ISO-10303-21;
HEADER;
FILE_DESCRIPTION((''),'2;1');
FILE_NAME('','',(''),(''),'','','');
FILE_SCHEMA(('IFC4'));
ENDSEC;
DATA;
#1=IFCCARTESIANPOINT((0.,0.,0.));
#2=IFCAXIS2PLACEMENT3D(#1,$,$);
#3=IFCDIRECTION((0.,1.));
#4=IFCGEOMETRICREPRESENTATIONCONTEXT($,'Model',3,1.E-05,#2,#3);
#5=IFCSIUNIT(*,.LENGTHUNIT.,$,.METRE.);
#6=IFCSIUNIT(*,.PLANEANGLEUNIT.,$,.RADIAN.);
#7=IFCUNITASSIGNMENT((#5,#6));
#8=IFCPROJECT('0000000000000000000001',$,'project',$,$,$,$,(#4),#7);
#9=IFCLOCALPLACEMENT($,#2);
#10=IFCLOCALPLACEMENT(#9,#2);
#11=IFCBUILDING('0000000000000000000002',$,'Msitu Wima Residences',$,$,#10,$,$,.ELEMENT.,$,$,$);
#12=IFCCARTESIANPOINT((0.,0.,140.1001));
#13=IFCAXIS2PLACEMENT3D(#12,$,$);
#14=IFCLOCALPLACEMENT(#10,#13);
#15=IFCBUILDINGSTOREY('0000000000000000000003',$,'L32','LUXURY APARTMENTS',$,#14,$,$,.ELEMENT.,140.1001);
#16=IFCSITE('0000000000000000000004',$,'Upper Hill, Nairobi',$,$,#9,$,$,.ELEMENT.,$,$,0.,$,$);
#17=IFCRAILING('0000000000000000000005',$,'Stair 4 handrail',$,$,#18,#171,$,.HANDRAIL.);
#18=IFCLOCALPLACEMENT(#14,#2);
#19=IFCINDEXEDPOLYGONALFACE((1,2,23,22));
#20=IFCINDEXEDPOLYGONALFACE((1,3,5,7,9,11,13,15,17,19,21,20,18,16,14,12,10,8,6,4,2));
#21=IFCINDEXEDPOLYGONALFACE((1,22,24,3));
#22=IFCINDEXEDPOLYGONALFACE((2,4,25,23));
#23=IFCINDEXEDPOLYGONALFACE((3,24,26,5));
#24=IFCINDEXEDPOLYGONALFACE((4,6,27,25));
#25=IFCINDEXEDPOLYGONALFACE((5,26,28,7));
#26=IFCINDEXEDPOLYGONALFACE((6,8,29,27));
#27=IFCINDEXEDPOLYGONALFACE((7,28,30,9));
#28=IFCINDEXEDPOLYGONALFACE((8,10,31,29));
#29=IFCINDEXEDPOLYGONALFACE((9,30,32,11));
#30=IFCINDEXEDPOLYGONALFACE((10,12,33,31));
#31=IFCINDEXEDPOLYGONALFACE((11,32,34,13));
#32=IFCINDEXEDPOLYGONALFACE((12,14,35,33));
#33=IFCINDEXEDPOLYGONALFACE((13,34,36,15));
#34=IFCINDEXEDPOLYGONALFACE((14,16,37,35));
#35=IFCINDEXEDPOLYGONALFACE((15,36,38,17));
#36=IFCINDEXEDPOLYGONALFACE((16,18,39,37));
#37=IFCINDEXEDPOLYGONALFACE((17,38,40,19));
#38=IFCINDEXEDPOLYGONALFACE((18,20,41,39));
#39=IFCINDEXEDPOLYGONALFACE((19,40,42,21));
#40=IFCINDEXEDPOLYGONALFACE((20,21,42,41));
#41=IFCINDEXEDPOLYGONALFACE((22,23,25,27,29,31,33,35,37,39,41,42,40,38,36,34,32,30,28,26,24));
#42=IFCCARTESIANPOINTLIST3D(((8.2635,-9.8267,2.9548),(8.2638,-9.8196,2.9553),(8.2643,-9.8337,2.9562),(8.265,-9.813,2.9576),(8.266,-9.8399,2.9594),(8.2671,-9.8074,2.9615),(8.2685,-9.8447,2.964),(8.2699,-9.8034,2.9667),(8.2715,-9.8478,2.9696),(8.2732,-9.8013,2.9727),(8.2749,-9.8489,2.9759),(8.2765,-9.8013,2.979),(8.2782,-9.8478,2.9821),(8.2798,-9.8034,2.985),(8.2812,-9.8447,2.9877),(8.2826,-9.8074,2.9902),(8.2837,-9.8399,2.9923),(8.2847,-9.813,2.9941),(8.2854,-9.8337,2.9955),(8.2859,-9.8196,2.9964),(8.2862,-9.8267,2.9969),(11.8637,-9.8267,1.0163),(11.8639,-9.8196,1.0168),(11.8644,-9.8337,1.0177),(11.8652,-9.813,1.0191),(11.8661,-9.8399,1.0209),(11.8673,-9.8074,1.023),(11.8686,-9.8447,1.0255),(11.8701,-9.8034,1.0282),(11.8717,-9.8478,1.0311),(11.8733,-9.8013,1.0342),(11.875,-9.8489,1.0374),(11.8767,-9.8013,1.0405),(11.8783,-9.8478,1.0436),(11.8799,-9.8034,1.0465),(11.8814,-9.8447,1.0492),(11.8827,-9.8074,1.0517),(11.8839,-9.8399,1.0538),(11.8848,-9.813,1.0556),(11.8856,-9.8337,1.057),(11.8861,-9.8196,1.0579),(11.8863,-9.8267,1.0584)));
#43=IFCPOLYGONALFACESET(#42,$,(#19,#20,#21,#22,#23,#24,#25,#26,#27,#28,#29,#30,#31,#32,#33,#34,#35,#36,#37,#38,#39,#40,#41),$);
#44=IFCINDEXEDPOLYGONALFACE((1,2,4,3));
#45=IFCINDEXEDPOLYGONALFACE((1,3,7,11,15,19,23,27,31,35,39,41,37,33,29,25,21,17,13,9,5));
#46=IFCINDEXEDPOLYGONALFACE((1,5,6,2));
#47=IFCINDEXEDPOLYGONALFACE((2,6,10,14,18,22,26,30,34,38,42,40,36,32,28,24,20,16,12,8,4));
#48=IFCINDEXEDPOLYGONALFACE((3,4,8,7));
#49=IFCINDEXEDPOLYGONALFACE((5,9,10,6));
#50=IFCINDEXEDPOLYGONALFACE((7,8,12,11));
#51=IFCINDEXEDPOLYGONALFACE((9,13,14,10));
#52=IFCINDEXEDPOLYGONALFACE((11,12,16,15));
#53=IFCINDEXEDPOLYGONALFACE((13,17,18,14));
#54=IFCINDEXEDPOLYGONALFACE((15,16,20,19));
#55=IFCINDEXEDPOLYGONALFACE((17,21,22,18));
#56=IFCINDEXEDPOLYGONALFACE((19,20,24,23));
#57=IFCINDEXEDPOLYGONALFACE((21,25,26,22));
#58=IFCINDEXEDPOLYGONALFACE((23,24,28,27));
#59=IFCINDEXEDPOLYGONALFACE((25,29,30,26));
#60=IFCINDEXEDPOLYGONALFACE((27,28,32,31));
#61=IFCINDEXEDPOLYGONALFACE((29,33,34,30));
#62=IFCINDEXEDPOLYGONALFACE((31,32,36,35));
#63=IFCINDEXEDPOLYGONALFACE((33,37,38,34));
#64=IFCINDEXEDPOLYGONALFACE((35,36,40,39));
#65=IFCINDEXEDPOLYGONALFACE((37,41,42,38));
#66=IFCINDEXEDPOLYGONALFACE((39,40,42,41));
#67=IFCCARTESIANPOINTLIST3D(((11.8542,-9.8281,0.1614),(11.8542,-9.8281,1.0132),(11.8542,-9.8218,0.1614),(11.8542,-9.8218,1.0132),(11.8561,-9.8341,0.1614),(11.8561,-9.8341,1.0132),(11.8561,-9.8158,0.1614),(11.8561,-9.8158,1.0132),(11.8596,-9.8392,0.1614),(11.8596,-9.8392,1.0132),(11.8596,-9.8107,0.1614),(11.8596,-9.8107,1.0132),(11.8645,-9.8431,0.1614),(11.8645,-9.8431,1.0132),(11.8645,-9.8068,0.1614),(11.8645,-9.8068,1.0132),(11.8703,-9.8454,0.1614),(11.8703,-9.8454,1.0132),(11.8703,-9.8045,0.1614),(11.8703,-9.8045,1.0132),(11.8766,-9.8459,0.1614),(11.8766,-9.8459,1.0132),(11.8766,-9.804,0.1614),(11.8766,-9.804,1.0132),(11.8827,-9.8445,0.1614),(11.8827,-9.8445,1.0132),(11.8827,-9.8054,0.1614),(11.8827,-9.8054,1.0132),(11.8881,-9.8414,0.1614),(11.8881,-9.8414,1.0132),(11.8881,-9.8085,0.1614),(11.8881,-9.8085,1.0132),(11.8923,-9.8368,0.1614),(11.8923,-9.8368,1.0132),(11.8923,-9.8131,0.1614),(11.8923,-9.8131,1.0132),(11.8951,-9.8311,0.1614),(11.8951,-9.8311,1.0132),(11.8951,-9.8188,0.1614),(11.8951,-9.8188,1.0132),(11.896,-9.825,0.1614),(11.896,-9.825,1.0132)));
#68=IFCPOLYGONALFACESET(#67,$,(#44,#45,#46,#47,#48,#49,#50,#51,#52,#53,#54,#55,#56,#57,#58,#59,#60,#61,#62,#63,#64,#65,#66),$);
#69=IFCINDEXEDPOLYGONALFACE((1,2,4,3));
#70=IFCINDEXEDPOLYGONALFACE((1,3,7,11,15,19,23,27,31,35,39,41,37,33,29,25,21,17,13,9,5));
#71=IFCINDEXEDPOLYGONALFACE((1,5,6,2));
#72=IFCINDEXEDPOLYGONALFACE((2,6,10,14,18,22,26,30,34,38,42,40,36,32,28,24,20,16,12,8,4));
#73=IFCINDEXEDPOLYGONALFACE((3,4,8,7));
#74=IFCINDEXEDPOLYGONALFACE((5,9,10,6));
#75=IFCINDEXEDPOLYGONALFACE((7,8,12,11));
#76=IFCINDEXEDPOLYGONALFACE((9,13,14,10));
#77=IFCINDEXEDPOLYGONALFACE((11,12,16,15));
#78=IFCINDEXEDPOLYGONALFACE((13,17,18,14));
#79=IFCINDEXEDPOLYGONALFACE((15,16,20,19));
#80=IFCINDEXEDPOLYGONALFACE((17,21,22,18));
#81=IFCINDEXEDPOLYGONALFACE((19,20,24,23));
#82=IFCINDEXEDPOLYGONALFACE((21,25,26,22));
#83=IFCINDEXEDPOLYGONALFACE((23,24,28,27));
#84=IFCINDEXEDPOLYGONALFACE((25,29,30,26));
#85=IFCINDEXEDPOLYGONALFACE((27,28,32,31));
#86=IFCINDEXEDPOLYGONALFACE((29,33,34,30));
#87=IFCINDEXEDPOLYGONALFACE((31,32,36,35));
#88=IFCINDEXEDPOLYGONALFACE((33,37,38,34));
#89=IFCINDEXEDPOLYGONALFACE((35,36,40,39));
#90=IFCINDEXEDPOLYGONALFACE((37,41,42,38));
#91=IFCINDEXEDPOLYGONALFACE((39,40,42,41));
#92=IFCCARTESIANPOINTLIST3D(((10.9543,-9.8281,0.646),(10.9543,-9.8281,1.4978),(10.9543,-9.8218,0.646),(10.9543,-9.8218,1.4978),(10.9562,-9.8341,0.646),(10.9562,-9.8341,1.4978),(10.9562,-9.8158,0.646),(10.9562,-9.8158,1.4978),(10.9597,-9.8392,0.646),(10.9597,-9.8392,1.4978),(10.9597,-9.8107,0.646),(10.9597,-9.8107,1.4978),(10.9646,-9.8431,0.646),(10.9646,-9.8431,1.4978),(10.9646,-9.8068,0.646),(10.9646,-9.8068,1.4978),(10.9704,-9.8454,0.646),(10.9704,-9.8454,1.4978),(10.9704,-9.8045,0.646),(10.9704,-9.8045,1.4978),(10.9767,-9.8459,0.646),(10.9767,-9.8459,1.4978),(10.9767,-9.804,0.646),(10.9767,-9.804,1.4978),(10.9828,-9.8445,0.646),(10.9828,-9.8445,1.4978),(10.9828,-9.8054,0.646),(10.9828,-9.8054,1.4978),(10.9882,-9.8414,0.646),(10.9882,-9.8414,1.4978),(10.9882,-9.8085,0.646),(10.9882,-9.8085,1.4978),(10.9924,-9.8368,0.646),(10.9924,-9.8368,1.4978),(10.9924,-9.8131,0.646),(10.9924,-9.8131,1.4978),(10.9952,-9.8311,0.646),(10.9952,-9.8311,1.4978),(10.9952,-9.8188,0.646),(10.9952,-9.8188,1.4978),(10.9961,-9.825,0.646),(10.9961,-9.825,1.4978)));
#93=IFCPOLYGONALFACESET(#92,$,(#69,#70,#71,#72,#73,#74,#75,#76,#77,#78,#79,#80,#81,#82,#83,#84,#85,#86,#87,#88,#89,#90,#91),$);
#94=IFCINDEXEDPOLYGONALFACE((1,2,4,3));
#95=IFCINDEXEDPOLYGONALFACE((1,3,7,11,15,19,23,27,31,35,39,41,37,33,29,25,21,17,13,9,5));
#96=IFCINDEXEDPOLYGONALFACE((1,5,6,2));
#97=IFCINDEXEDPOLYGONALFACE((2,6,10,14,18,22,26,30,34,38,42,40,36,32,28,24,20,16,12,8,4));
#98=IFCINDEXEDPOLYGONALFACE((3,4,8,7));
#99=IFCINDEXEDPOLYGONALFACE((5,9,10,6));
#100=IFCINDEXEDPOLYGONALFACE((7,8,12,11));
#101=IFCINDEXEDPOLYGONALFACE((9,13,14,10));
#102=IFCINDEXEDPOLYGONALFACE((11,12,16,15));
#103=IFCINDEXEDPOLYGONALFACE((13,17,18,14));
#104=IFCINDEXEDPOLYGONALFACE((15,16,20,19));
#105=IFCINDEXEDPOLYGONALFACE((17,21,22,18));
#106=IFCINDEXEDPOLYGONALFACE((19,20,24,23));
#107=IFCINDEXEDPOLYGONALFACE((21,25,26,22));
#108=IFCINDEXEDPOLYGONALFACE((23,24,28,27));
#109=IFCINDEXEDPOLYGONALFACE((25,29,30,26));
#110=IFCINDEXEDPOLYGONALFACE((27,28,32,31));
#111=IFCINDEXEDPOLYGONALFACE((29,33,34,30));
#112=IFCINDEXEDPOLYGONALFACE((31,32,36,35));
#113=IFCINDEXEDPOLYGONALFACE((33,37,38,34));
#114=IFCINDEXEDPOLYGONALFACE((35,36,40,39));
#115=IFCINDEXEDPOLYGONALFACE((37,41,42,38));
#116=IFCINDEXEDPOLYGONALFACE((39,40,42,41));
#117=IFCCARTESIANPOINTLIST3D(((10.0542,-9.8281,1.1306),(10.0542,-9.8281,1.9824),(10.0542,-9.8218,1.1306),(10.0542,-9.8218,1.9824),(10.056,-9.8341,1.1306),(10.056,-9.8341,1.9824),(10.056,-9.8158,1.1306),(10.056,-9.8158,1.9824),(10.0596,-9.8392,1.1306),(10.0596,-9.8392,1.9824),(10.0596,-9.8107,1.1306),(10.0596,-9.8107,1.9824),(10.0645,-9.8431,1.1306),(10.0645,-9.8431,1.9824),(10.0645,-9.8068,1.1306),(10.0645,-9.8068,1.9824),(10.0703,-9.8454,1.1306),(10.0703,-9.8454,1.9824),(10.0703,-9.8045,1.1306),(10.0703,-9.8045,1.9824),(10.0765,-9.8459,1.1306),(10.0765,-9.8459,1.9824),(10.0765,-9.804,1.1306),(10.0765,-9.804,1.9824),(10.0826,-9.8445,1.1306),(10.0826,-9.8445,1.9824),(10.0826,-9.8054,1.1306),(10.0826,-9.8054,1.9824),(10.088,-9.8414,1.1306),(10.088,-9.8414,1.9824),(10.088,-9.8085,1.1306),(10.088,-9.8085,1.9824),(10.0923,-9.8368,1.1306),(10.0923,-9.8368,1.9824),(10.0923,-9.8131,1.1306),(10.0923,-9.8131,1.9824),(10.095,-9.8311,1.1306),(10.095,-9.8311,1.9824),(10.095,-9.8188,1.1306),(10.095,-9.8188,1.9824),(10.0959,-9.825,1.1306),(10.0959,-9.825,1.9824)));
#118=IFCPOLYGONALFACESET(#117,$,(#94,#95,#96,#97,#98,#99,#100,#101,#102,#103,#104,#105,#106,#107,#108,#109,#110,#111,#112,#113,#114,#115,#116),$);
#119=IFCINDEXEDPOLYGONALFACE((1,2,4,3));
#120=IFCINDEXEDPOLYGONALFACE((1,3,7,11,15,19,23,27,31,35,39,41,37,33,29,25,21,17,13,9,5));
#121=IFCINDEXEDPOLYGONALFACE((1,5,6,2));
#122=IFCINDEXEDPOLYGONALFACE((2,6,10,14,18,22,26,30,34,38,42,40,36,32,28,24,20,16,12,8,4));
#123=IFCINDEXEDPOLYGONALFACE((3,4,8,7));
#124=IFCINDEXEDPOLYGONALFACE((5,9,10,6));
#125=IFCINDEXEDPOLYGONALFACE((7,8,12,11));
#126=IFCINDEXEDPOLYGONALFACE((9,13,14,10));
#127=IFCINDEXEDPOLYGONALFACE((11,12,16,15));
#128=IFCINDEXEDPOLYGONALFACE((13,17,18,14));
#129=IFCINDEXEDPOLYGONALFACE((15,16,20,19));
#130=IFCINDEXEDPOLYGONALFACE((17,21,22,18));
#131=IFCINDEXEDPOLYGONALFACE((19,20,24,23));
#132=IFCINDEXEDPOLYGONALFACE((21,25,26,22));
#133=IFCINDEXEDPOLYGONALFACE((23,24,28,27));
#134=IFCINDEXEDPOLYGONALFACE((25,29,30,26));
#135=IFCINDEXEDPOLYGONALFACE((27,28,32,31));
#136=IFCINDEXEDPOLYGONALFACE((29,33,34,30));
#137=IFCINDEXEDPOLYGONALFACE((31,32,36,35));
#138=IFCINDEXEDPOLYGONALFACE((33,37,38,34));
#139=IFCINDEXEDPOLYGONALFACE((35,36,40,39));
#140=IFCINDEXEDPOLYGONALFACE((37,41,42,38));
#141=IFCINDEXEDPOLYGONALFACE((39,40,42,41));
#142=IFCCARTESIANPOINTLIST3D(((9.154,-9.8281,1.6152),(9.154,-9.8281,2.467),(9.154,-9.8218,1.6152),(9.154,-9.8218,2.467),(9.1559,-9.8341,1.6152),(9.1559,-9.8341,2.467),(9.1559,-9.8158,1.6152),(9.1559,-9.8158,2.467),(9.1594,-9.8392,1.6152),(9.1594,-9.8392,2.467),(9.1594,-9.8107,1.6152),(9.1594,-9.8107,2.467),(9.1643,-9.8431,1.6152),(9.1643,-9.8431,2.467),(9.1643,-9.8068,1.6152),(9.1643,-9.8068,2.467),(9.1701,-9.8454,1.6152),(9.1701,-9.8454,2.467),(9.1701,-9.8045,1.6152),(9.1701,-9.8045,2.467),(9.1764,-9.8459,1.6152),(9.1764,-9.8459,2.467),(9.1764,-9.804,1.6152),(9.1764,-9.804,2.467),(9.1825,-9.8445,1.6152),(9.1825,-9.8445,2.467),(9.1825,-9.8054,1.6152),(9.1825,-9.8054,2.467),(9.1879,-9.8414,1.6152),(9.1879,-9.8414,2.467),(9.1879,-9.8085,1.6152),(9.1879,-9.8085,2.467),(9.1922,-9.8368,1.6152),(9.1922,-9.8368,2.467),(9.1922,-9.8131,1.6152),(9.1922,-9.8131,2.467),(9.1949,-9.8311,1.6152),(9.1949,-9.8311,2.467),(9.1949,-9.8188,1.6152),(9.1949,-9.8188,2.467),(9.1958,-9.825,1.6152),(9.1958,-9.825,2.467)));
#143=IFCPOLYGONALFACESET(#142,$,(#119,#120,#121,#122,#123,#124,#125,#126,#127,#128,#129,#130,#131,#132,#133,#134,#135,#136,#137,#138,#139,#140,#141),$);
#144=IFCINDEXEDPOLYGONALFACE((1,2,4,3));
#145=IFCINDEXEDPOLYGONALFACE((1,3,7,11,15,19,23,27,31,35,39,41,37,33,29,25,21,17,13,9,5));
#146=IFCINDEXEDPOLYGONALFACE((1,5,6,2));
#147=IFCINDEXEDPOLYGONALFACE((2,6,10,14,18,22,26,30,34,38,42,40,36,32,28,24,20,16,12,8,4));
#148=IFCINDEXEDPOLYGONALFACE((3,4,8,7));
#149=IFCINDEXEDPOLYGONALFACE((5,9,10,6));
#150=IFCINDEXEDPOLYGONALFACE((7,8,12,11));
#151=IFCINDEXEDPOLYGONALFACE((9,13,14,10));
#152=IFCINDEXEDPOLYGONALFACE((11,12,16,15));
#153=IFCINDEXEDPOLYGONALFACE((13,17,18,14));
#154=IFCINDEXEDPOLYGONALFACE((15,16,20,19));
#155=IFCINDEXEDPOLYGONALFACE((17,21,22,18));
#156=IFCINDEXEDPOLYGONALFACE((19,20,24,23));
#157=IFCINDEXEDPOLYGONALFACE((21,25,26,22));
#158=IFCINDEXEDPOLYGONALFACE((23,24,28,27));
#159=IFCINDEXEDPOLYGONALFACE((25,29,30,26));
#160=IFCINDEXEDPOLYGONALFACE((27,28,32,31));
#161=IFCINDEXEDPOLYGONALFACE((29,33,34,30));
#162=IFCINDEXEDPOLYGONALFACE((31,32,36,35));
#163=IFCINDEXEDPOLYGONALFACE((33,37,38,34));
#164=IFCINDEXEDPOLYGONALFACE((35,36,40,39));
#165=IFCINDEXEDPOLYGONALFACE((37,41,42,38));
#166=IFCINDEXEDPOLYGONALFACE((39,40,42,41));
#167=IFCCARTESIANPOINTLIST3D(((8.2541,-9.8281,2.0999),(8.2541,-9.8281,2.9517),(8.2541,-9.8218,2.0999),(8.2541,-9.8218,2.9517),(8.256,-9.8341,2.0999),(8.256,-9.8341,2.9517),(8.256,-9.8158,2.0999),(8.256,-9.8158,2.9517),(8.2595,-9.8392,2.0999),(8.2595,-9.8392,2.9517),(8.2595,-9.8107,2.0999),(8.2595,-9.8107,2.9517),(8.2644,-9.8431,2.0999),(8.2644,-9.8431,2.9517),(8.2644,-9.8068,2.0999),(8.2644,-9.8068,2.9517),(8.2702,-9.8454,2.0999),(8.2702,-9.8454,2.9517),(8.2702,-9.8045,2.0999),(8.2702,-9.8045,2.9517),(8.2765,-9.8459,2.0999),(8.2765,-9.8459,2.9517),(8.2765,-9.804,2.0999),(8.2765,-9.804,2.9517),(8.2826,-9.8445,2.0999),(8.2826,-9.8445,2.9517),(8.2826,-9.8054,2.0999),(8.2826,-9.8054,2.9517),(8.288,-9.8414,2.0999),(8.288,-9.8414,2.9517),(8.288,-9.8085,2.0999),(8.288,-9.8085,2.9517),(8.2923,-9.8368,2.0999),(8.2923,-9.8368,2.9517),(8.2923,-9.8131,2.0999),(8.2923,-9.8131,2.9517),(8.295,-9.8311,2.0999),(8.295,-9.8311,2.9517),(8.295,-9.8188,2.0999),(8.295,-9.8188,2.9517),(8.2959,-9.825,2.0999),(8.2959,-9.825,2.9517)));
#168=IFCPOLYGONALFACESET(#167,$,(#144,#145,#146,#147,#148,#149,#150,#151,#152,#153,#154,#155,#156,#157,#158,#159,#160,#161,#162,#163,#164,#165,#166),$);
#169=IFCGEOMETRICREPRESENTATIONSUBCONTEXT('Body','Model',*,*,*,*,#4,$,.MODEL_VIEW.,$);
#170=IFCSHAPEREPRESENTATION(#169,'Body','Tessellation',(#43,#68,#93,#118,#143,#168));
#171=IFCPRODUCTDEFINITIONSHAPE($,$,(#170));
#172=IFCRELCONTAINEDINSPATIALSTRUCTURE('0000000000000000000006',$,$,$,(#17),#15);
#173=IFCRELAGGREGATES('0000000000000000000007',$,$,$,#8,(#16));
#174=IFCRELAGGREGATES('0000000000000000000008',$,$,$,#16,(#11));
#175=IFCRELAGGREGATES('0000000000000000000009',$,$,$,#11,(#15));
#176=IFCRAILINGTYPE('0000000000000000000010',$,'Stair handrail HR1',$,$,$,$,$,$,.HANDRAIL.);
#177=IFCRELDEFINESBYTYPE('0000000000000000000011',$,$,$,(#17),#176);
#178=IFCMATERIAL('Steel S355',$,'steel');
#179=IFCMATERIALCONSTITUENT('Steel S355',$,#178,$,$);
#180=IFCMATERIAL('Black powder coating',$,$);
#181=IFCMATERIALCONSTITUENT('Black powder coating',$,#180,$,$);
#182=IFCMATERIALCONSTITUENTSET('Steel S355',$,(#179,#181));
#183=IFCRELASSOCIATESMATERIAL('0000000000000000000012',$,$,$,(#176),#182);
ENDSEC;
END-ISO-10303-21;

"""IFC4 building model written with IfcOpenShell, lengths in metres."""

from ifc_helpers import new_model, si_unit, direction, frame, origin, origin_2d, place, context, subcontext, project, spatial, circle, extrude, material, constituent, constituent_set, type_object, element, save


model = new_model("IFC4")

# Units and contexts
model_context = context("Model", 3, precision=1e-05, world=origin(), true_north=direction((0.0, 1.0)))
body_context = subcontext(model_context, "Body", "Model", "MODEL_VIEW")
ifc_project = project(units=[si_unit("LENGTHUNIT", "METRE"), si_unit("PLANEANGLEUNIT", "RADIAN")], contexts=[model_context])

# Site, building, storey
site_placement = place(None, origin())
site = spatial("IfcSite", under=ifc_project, at=site_placement, Name="Upper Hill, Nairobi", CompositionType="ELEMENT", RefElevation=0.0)
building_placement = place(site_placement, origin())
building = spatial("IfcBuilding", under=site, at=building_placement, Name="Msitu Wima Residences", CompositionType="ELEMENT")
storey_placement = place(building_placement, frame((0.0, 0.0, 140.1001)))
storey = spatial("IfcBuildingStorey", under=building, at=storey_placement, Name="L32", Description="LUXURY APARTMENTS", CompositionType="ELEMENT", Elevation=140.1001)

# Railing
ifc_material_1 = material(Name="Steel S355", Category="steel")
ifc_constituent_1 = constituent(ifc_material_1, Name="Steel S355")
ifc_material_2 = material(Name="Black powder coating")
ifc_constituent_2 = constituent(ifc_material_2, Name="Black powder coating")
ifc_constituent_set_1 = constituent_set(constituents=[ifc_constituent_1, ifc_constituent_2], Name="Steel S355")
railing_type_1 = type_object("IfcRailingType", Name="Stair handrail HR1", PredefinedType="HANDRAIL", material=ifc_constituent_set_1)
for number, where, name in (
    (1, (11.875, -9.825, 0.1614), "Stair 4 handrail"),
):
    element("IfcRailing", number, at=place(storey_placement, frame(where)), inside=storey, type_object=railing_type_1, Name=name, PredefinedType="HANDRAIL", context=body_context, shape_type="SweptSolid", body=[
        extrude(circle(Radius=0.0239, at=origin_2d()), frame((0.0, 0.0, 0.876), z_axis=(-0.880475, 0.0, 0.474093), x_axis=(0.0, -1.0, 0.0)), (0.0, 0.0, 1.0), 4.0889),
        extrude(circle(Radius=0.021, at=origin_2d()), origin(), (0.0, 0.0, 1.0), 0.8518),
        extrude(circle(Radius=0.021, at=origin_2d()), frame((-0.8999, 0.0, 0.4846)), (0.0, 0.0, 1.0), 0.8518),
        extrude(circle(Radius=0.021, at=origin_2d()), frame((-1.8, 0.0, 0.9692)), (0.0, 0.0, 1.0), 0.8518),
        extrude(circle(Radius=0.021, at=origin_2d()), frame((-2.7002, 0.0, 1.4539)), (0.0, 0.0, 1.0), 0.8518),
        extrude(circle(Radius=0.021, at=origin_2d()), frame((-3.6001, 0.0, 1.9385)), (0.0, 0.0, 1.0), 0.8518),
    ])

save(model, "model.ifc")
